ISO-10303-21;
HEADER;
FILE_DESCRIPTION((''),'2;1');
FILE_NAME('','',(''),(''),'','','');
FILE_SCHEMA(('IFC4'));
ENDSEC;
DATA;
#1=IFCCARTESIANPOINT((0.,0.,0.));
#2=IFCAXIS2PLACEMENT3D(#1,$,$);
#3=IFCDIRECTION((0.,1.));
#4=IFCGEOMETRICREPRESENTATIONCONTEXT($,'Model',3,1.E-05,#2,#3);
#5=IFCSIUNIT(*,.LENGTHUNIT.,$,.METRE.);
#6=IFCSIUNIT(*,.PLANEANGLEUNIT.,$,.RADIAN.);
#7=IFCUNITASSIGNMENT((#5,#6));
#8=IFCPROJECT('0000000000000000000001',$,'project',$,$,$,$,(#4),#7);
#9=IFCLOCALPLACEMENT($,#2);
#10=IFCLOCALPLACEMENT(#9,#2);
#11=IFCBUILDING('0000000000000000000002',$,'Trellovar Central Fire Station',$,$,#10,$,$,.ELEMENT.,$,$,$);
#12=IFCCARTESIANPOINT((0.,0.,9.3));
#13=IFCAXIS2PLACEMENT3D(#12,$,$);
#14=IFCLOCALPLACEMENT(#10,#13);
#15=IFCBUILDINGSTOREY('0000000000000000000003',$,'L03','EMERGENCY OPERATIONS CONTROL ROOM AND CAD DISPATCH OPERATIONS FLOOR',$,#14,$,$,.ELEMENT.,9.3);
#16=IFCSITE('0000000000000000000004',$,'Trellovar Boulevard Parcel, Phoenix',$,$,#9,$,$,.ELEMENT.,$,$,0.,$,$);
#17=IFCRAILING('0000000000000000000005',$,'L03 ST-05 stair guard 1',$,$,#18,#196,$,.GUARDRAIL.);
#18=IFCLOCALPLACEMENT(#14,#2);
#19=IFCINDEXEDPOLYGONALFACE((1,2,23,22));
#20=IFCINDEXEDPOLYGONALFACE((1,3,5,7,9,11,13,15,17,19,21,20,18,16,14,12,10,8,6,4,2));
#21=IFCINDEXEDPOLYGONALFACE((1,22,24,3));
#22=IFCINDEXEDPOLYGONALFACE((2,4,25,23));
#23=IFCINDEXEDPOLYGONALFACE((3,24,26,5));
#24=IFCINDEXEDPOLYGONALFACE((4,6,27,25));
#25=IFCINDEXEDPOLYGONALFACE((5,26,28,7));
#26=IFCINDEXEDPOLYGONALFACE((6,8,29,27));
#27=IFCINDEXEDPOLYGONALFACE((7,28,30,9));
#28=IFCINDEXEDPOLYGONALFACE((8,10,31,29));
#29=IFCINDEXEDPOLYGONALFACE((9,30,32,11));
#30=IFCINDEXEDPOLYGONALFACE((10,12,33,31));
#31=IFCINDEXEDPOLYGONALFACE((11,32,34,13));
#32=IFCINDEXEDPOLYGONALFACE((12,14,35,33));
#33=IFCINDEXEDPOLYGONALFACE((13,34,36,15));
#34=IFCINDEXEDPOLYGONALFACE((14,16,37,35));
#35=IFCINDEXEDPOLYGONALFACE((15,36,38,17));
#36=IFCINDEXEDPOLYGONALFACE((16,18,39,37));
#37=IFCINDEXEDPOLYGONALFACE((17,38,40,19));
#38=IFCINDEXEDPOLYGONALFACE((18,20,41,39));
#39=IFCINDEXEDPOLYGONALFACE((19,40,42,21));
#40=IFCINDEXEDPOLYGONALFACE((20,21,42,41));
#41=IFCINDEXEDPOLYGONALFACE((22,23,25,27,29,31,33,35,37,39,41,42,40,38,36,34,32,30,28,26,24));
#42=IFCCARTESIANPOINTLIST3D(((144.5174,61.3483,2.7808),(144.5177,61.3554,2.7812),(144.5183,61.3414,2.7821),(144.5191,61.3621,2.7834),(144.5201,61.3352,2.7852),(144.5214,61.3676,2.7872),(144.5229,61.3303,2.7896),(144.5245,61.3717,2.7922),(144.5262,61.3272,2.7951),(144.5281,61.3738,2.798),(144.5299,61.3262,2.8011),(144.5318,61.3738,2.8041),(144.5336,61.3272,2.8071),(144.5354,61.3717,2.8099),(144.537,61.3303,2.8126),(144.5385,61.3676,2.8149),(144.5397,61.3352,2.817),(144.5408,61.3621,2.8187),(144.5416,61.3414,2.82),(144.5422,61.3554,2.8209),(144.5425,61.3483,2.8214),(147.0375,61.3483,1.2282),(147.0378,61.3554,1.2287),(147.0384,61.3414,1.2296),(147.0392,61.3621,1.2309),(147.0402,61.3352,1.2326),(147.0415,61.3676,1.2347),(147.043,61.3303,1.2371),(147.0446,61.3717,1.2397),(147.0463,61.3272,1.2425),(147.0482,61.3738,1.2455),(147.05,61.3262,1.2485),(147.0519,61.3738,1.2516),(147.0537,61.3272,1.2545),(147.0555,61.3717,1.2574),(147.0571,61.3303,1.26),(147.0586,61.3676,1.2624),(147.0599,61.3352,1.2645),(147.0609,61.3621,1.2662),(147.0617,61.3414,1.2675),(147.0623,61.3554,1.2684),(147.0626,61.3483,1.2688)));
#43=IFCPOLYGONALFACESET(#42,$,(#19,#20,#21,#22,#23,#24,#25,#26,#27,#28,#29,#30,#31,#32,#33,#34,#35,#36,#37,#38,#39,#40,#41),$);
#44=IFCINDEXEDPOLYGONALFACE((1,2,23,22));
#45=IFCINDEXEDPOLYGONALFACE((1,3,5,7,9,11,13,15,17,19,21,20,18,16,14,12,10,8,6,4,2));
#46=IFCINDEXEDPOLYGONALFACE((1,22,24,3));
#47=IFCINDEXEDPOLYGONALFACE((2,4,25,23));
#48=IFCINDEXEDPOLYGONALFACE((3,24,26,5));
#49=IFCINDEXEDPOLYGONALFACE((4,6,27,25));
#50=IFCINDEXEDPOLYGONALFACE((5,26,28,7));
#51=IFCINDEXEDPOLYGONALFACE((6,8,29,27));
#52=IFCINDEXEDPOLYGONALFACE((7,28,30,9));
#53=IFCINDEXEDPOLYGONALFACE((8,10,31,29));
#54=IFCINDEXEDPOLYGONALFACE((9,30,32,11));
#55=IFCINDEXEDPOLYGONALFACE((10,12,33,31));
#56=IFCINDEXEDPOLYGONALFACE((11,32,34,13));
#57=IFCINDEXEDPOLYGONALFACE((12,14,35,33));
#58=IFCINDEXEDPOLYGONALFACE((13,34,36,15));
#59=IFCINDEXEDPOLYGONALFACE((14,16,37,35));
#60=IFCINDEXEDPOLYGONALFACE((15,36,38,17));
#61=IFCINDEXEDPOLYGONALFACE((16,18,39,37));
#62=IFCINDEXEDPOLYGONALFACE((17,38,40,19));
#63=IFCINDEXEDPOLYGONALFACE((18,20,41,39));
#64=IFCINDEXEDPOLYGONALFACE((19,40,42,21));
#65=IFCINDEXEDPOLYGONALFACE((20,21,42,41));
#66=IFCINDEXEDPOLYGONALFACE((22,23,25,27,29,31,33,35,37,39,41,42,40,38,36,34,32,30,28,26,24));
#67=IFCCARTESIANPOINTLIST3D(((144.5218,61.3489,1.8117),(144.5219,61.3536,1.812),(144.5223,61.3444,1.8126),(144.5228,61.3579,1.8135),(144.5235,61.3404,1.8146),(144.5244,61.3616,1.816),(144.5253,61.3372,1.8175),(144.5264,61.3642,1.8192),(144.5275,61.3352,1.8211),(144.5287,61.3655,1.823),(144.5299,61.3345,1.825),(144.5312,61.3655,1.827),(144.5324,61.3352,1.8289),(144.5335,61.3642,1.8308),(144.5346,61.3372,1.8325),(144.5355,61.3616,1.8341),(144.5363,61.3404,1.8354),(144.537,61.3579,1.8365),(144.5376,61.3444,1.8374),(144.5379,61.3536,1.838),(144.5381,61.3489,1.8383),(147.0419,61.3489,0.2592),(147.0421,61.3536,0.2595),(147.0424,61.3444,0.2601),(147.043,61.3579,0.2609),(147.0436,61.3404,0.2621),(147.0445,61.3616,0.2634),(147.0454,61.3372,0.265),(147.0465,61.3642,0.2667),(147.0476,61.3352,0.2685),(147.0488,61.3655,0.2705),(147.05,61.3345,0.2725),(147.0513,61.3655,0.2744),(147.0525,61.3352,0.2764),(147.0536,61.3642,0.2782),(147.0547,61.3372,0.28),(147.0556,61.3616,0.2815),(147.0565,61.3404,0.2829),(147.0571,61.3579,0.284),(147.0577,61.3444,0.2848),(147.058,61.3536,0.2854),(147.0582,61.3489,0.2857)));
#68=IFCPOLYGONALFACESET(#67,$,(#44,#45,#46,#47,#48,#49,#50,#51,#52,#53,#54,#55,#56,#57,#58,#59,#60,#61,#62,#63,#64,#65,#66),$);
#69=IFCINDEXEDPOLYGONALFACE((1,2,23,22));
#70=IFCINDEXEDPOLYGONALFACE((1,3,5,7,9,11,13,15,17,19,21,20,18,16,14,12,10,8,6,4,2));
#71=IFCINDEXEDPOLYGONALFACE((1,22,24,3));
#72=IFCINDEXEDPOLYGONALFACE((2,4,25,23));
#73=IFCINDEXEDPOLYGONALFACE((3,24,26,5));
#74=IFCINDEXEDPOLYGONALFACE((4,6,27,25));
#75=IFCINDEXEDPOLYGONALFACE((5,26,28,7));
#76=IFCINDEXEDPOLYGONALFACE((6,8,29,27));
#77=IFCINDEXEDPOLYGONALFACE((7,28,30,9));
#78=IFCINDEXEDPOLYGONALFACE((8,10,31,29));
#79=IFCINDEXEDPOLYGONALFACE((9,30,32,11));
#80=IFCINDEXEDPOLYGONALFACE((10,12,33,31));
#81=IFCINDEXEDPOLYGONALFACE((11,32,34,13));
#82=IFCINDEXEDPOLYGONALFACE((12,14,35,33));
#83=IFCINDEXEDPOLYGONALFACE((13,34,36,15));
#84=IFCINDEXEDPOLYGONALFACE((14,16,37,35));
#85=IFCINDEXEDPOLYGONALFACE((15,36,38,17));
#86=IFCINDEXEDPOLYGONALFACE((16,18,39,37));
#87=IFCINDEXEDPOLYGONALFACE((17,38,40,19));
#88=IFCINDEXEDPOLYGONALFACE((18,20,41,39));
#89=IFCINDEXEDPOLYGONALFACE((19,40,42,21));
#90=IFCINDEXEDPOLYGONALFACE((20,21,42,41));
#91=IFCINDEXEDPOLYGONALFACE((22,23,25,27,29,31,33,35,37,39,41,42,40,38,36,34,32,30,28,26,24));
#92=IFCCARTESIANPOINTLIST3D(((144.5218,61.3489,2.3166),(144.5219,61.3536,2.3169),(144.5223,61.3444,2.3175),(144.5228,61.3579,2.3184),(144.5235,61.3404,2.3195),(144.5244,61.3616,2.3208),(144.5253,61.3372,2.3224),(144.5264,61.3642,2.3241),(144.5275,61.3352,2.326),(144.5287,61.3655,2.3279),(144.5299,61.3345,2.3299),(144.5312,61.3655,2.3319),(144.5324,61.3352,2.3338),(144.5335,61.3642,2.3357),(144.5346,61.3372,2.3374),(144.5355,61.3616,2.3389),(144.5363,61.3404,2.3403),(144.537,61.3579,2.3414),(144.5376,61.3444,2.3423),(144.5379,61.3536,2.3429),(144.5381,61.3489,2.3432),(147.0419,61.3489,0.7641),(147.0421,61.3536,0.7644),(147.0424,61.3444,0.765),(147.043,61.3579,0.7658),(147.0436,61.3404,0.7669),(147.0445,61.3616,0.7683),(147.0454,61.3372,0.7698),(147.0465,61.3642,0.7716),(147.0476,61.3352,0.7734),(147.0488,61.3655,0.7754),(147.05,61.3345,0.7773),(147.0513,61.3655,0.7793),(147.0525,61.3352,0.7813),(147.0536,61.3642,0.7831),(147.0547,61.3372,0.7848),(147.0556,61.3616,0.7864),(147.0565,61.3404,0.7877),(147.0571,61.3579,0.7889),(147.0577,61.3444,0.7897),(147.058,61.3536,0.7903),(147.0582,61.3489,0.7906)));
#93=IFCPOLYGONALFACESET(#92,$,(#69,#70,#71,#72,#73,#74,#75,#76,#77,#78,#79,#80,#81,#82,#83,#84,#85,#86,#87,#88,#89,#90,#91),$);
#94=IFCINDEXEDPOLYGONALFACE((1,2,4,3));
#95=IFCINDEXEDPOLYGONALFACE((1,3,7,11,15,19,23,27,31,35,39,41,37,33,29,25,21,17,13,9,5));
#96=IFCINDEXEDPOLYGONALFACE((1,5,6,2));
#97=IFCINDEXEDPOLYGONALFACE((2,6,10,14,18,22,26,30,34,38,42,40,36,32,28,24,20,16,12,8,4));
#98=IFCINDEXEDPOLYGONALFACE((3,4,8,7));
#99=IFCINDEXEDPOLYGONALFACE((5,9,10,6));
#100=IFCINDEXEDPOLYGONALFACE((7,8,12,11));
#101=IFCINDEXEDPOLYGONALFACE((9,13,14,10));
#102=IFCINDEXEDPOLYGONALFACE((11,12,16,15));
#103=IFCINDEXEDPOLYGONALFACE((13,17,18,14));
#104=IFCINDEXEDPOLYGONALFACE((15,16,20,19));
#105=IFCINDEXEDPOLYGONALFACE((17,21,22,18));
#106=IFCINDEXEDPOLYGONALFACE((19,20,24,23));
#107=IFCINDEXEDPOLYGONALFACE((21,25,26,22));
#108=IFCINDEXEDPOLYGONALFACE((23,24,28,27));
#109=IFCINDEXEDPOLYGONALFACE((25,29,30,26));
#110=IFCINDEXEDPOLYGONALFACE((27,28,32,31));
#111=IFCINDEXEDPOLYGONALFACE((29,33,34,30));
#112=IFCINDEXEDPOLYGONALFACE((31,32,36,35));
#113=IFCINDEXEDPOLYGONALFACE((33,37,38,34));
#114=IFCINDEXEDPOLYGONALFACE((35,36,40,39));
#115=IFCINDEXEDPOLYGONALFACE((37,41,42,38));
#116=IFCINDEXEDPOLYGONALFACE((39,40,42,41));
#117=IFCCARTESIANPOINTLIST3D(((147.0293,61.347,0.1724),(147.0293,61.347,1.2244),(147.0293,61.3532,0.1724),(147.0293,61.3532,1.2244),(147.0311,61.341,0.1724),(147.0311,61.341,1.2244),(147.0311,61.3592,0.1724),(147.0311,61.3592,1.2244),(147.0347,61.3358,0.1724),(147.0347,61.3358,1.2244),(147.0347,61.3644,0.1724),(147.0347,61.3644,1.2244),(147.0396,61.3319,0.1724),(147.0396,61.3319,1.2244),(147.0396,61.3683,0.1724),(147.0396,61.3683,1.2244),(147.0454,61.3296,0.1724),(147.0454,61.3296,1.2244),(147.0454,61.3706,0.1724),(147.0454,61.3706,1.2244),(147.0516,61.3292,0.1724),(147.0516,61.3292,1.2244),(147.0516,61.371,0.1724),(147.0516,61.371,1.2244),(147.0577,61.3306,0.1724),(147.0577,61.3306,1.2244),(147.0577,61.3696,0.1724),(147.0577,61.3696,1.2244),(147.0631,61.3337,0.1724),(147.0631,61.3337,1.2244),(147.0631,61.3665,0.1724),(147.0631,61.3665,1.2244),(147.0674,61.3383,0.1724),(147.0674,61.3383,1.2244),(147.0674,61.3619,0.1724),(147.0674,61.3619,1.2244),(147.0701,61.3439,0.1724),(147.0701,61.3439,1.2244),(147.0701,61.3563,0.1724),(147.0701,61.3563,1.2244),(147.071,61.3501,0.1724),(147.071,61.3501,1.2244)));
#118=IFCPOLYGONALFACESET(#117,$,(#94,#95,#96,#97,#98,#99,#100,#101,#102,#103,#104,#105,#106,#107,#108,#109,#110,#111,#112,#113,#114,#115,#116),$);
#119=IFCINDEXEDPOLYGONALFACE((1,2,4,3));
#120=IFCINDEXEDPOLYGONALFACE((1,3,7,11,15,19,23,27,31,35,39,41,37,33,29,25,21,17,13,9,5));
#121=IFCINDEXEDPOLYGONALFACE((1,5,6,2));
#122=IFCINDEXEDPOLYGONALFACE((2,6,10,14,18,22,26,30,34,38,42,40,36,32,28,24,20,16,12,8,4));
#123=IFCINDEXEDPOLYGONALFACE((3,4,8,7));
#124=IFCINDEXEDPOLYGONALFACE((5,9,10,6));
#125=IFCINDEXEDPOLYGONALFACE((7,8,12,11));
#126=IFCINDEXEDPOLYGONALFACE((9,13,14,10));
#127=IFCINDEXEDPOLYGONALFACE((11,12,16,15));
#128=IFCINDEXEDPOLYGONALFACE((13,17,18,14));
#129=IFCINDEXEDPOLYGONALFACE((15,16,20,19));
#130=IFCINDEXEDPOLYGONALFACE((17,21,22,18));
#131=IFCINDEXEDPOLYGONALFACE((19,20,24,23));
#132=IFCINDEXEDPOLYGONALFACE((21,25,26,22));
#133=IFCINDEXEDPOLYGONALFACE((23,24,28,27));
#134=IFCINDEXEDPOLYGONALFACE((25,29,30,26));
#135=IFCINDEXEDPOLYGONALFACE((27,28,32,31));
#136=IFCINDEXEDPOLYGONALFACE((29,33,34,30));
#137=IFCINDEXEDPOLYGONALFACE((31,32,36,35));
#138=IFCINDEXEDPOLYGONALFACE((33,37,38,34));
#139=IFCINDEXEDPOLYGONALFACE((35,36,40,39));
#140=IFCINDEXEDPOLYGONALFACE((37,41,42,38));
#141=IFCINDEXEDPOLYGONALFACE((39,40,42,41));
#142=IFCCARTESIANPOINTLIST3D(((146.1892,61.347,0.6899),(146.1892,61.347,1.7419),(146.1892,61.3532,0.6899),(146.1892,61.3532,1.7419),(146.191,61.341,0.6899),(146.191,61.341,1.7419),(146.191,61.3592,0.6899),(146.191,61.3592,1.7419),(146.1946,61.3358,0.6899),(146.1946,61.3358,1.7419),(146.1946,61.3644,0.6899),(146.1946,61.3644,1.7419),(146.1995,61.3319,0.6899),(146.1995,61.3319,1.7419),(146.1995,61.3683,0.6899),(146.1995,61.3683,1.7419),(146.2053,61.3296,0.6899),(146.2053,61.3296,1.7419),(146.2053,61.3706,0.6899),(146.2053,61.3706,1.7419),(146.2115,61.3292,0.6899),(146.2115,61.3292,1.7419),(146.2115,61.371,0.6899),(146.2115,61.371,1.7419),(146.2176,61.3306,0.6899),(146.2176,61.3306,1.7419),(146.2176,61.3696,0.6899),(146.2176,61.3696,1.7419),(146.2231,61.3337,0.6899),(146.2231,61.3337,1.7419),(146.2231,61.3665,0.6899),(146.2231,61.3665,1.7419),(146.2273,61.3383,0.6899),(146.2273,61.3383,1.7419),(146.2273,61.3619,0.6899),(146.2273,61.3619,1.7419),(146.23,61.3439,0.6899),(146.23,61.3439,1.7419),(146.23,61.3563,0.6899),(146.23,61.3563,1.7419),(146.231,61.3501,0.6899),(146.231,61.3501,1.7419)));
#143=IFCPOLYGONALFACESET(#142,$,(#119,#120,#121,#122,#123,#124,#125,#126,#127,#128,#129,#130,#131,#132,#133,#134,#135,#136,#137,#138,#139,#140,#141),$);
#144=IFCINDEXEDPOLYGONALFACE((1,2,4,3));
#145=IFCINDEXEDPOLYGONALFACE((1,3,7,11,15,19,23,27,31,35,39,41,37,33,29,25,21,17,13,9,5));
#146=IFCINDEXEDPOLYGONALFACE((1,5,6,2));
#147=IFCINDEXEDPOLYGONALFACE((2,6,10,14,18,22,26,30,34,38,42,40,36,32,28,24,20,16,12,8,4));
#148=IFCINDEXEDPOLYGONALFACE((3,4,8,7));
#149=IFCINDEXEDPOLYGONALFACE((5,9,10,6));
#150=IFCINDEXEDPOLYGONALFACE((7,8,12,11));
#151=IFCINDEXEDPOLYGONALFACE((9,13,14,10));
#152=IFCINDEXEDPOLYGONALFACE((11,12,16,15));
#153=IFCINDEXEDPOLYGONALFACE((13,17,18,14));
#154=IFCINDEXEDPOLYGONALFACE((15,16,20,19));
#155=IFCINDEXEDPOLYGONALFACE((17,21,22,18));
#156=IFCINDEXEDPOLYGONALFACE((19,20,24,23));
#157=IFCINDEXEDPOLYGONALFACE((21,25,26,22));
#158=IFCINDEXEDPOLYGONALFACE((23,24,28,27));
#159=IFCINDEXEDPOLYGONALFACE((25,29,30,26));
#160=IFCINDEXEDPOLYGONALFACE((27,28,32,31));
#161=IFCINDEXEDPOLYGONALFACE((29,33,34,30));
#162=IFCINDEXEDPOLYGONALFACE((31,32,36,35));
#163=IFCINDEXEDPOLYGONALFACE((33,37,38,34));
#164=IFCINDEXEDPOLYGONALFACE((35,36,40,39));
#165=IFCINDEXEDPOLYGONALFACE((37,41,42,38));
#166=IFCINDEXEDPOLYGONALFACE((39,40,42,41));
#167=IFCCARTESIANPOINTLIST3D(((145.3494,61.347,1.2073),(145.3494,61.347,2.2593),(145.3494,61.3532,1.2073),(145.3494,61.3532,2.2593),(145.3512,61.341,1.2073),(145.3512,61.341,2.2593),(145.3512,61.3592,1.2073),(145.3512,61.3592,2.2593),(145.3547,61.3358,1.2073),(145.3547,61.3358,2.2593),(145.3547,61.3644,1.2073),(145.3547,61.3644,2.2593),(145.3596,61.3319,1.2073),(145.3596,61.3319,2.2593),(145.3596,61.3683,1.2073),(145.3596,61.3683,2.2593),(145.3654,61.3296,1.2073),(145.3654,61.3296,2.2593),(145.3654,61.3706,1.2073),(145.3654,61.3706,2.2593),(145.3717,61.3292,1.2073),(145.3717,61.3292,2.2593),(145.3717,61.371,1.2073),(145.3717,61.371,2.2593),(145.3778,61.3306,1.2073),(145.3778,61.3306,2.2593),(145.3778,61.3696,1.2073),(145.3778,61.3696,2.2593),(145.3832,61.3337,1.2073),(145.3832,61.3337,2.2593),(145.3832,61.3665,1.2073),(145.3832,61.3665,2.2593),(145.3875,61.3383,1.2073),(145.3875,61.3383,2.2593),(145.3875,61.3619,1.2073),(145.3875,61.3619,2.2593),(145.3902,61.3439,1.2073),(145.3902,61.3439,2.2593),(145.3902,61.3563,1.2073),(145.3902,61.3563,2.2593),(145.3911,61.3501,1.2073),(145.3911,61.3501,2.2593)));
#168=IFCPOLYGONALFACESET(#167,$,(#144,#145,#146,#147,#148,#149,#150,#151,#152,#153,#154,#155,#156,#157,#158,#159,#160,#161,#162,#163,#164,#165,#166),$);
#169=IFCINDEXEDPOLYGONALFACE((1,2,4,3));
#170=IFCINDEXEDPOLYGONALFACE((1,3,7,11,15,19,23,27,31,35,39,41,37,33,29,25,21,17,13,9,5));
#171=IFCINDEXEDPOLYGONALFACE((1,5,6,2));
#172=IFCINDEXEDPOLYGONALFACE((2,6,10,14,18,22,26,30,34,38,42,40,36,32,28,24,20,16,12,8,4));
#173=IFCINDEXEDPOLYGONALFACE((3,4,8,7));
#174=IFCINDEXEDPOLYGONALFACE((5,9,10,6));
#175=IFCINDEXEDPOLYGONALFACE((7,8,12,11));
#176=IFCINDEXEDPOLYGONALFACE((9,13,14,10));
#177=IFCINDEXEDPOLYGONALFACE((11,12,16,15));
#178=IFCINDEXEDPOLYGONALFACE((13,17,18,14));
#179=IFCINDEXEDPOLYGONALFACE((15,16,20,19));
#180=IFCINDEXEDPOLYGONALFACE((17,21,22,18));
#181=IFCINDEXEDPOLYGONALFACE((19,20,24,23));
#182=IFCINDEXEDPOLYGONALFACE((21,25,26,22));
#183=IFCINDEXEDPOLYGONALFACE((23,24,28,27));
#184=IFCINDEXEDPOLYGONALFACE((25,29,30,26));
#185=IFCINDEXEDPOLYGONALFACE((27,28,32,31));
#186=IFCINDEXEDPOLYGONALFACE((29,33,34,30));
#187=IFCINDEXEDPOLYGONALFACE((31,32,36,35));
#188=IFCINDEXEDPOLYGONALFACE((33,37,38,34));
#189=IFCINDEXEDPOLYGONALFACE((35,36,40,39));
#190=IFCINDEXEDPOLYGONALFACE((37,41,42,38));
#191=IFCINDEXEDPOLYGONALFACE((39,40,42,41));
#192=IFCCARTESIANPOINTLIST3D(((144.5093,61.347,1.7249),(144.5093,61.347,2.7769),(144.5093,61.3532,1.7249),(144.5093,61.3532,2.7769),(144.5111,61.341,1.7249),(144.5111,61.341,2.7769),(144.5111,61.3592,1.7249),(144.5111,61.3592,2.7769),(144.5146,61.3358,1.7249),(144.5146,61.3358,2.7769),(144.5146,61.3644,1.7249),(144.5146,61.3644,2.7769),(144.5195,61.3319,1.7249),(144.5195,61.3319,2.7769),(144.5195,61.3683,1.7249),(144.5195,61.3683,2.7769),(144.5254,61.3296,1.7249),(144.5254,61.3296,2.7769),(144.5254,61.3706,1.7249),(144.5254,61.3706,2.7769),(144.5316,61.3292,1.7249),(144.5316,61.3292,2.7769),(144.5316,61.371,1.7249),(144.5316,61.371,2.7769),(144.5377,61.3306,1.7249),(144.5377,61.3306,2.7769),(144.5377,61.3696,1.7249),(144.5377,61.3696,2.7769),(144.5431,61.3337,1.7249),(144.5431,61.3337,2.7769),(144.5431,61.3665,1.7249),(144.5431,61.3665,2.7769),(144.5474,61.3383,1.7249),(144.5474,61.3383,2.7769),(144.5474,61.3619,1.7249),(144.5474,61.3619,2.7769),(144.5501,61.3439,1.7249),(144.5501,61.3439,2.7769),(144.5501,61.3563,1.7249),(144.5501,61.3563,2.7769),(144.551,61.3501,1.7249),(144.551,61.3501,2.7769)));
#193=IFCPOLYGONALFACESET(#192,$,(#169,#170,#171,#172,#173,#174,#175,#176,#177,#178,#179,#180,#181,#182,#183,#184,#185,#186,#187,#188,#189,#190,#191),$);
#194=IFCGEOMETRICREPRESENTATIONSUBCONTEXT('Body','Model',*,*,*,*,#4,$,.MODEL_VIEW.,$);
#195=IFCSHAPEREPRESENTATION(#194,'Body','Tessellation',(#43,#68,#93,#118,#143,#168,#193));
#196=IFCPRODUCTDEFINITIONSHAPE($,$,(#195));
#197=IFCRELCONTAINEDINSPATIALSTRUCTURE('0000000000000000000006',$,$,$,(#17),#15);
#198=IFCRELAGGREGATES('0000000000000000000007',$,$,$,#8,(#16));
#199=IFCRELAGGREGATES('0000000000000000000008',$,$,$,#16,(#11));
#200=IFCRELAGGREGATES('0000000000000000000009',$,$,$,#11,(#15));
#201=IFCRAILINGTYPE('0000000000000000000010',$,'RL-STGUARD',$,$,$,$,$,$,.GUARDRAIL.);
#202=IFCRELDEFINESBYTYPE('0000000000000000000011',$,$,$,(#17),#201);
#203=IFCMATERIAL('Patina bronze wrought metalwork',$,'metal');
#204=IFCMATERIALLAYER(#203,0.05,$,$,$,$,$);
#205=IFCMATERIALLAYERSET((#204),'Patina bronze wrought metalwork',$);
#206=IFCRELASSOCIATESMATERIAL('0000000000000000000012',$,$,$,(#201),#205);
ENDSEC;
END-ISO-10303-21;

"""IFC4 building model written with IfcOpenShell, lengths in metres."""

from ifc_helpers import new_model, si_unit, direction, frame, origin, origin_2d, place, context, subcontext, project, spatial, circle, extrude, material, layer, layer_set, type_object, element, save


model = new_model("IFC4")

# Units and contexts
model_context = context("Model", 3, precision=1e-05, world=origin(), true_north=direction((0.0, 1.0)))
body_context = subcontext(model_context, "Body", "Model", "MODEL_VIEW")
ifc_project = project(units=[si_unit("LENGTHUNIT", "METRE"), si_unit("PLANEANGLEUNIT", "RADIAN")], contexts=[model_context])

# Site, building, storey
site_placement = place(None, origin())
site = spatial("IfcSite", under=ifc_project, at=site_placement, Name="Trellovar Boulevard Parcel, Phoenix", CompositionType="ELEMENT", RefElevation=0.0)
building_placement = place(site_placement, origin())
building = spatial("IfcBuilding", under=site, at=building_placement, Name="Trellovar Central Fire Station", CompositionType="ELEMENT")
storey_placement = place(building_placement, frame((0.0, 0.0, 9.3)))
storey = spatial("IfcBuildingStorey", under=building, at=storey_placement, Name="L03", Description="EMERGENCY OPERATIONS CONTROL ROOM AND CAD DISPATCH OPERATIONS FLOOR", CompositionType="ELEMENT", Elevation=9.3)

# Railing
ifc_material_1 = material(Name="Patina bronze wrought metalwork", Category="metal")
ifc_layer_1 = layer(ifc_material_1, 0.05)
ifc_layer_set_1 = layer_set([ifc_layer_1], Name="Patina bronze wrought metalwork")
railing_type_1 = type_object("IfcRailingType", Name="RL-STGUARD", PredefinedType="GUARDRAIL", material=ifc_layer_set_1)
railing_1_placement = place(storey_placement, frame((147.05, 61.3501, 0.1724)))
element("IfcRailing", 1, at=railing_1_placement, inside=storey, type_object=railing_type_1, Name="L03 ST-05 stair guard 1", PredefinedType="GUARDRAIL", context=body_context, shape_type="SweptSolid", body=[
    extrude(circle(Radius=0.0239, at=origin_2d()), frame((0.0, 0.0, 1.0762), z_axis=(-0.8514, 0.0, 0.524516), x_axis=(0.0, -1.0, 0.0)), (0.0, 0.0, 1.0), 2.96),
    extrude(circle(Radius=0.0156, at=origin_2d()), frame((0.0, 0.0, 0.1001), z_axis=(-0.8514, 0.0, 0.524516), x_axis=(0.0, -1.0, 0.0)), (0.0, 0.0, 1.0), 2.96),
    extrude(circle(Radius=0.0156, at=origin_2d()), frame((0.0, 0.0, 0.605), z_axis=(-0.8514, 0.0, 0.524516), x_axis=(0.0, -1.0, 0.0)), (0.0, 0.0, 1.0), 2.96),
    extrude(circle(Radius=0.021, at=origin_2d()), origin(), (0.0, 0.0, 1.0), 1.052),
    extrude(circle(Radius=0.021, at=origin_2d()), frame((-0.8401, 0.0, 0.5176)), (0.0, 0.0, 1.0), 1.052),
    extrude(circle(Radius=0.021, at=origin_2d()), frame((-1.6799, 0.0, 1.0349)), (0.0, 0.0, 1.0), 1.052),
    extrude(circle(Radius=0.021, at=origin_2d()), frame((-2.52, 0.0, 1.5525)), (0.0, 0.0, 1.0), 1.052),
])

save(model, "model.ifc")
